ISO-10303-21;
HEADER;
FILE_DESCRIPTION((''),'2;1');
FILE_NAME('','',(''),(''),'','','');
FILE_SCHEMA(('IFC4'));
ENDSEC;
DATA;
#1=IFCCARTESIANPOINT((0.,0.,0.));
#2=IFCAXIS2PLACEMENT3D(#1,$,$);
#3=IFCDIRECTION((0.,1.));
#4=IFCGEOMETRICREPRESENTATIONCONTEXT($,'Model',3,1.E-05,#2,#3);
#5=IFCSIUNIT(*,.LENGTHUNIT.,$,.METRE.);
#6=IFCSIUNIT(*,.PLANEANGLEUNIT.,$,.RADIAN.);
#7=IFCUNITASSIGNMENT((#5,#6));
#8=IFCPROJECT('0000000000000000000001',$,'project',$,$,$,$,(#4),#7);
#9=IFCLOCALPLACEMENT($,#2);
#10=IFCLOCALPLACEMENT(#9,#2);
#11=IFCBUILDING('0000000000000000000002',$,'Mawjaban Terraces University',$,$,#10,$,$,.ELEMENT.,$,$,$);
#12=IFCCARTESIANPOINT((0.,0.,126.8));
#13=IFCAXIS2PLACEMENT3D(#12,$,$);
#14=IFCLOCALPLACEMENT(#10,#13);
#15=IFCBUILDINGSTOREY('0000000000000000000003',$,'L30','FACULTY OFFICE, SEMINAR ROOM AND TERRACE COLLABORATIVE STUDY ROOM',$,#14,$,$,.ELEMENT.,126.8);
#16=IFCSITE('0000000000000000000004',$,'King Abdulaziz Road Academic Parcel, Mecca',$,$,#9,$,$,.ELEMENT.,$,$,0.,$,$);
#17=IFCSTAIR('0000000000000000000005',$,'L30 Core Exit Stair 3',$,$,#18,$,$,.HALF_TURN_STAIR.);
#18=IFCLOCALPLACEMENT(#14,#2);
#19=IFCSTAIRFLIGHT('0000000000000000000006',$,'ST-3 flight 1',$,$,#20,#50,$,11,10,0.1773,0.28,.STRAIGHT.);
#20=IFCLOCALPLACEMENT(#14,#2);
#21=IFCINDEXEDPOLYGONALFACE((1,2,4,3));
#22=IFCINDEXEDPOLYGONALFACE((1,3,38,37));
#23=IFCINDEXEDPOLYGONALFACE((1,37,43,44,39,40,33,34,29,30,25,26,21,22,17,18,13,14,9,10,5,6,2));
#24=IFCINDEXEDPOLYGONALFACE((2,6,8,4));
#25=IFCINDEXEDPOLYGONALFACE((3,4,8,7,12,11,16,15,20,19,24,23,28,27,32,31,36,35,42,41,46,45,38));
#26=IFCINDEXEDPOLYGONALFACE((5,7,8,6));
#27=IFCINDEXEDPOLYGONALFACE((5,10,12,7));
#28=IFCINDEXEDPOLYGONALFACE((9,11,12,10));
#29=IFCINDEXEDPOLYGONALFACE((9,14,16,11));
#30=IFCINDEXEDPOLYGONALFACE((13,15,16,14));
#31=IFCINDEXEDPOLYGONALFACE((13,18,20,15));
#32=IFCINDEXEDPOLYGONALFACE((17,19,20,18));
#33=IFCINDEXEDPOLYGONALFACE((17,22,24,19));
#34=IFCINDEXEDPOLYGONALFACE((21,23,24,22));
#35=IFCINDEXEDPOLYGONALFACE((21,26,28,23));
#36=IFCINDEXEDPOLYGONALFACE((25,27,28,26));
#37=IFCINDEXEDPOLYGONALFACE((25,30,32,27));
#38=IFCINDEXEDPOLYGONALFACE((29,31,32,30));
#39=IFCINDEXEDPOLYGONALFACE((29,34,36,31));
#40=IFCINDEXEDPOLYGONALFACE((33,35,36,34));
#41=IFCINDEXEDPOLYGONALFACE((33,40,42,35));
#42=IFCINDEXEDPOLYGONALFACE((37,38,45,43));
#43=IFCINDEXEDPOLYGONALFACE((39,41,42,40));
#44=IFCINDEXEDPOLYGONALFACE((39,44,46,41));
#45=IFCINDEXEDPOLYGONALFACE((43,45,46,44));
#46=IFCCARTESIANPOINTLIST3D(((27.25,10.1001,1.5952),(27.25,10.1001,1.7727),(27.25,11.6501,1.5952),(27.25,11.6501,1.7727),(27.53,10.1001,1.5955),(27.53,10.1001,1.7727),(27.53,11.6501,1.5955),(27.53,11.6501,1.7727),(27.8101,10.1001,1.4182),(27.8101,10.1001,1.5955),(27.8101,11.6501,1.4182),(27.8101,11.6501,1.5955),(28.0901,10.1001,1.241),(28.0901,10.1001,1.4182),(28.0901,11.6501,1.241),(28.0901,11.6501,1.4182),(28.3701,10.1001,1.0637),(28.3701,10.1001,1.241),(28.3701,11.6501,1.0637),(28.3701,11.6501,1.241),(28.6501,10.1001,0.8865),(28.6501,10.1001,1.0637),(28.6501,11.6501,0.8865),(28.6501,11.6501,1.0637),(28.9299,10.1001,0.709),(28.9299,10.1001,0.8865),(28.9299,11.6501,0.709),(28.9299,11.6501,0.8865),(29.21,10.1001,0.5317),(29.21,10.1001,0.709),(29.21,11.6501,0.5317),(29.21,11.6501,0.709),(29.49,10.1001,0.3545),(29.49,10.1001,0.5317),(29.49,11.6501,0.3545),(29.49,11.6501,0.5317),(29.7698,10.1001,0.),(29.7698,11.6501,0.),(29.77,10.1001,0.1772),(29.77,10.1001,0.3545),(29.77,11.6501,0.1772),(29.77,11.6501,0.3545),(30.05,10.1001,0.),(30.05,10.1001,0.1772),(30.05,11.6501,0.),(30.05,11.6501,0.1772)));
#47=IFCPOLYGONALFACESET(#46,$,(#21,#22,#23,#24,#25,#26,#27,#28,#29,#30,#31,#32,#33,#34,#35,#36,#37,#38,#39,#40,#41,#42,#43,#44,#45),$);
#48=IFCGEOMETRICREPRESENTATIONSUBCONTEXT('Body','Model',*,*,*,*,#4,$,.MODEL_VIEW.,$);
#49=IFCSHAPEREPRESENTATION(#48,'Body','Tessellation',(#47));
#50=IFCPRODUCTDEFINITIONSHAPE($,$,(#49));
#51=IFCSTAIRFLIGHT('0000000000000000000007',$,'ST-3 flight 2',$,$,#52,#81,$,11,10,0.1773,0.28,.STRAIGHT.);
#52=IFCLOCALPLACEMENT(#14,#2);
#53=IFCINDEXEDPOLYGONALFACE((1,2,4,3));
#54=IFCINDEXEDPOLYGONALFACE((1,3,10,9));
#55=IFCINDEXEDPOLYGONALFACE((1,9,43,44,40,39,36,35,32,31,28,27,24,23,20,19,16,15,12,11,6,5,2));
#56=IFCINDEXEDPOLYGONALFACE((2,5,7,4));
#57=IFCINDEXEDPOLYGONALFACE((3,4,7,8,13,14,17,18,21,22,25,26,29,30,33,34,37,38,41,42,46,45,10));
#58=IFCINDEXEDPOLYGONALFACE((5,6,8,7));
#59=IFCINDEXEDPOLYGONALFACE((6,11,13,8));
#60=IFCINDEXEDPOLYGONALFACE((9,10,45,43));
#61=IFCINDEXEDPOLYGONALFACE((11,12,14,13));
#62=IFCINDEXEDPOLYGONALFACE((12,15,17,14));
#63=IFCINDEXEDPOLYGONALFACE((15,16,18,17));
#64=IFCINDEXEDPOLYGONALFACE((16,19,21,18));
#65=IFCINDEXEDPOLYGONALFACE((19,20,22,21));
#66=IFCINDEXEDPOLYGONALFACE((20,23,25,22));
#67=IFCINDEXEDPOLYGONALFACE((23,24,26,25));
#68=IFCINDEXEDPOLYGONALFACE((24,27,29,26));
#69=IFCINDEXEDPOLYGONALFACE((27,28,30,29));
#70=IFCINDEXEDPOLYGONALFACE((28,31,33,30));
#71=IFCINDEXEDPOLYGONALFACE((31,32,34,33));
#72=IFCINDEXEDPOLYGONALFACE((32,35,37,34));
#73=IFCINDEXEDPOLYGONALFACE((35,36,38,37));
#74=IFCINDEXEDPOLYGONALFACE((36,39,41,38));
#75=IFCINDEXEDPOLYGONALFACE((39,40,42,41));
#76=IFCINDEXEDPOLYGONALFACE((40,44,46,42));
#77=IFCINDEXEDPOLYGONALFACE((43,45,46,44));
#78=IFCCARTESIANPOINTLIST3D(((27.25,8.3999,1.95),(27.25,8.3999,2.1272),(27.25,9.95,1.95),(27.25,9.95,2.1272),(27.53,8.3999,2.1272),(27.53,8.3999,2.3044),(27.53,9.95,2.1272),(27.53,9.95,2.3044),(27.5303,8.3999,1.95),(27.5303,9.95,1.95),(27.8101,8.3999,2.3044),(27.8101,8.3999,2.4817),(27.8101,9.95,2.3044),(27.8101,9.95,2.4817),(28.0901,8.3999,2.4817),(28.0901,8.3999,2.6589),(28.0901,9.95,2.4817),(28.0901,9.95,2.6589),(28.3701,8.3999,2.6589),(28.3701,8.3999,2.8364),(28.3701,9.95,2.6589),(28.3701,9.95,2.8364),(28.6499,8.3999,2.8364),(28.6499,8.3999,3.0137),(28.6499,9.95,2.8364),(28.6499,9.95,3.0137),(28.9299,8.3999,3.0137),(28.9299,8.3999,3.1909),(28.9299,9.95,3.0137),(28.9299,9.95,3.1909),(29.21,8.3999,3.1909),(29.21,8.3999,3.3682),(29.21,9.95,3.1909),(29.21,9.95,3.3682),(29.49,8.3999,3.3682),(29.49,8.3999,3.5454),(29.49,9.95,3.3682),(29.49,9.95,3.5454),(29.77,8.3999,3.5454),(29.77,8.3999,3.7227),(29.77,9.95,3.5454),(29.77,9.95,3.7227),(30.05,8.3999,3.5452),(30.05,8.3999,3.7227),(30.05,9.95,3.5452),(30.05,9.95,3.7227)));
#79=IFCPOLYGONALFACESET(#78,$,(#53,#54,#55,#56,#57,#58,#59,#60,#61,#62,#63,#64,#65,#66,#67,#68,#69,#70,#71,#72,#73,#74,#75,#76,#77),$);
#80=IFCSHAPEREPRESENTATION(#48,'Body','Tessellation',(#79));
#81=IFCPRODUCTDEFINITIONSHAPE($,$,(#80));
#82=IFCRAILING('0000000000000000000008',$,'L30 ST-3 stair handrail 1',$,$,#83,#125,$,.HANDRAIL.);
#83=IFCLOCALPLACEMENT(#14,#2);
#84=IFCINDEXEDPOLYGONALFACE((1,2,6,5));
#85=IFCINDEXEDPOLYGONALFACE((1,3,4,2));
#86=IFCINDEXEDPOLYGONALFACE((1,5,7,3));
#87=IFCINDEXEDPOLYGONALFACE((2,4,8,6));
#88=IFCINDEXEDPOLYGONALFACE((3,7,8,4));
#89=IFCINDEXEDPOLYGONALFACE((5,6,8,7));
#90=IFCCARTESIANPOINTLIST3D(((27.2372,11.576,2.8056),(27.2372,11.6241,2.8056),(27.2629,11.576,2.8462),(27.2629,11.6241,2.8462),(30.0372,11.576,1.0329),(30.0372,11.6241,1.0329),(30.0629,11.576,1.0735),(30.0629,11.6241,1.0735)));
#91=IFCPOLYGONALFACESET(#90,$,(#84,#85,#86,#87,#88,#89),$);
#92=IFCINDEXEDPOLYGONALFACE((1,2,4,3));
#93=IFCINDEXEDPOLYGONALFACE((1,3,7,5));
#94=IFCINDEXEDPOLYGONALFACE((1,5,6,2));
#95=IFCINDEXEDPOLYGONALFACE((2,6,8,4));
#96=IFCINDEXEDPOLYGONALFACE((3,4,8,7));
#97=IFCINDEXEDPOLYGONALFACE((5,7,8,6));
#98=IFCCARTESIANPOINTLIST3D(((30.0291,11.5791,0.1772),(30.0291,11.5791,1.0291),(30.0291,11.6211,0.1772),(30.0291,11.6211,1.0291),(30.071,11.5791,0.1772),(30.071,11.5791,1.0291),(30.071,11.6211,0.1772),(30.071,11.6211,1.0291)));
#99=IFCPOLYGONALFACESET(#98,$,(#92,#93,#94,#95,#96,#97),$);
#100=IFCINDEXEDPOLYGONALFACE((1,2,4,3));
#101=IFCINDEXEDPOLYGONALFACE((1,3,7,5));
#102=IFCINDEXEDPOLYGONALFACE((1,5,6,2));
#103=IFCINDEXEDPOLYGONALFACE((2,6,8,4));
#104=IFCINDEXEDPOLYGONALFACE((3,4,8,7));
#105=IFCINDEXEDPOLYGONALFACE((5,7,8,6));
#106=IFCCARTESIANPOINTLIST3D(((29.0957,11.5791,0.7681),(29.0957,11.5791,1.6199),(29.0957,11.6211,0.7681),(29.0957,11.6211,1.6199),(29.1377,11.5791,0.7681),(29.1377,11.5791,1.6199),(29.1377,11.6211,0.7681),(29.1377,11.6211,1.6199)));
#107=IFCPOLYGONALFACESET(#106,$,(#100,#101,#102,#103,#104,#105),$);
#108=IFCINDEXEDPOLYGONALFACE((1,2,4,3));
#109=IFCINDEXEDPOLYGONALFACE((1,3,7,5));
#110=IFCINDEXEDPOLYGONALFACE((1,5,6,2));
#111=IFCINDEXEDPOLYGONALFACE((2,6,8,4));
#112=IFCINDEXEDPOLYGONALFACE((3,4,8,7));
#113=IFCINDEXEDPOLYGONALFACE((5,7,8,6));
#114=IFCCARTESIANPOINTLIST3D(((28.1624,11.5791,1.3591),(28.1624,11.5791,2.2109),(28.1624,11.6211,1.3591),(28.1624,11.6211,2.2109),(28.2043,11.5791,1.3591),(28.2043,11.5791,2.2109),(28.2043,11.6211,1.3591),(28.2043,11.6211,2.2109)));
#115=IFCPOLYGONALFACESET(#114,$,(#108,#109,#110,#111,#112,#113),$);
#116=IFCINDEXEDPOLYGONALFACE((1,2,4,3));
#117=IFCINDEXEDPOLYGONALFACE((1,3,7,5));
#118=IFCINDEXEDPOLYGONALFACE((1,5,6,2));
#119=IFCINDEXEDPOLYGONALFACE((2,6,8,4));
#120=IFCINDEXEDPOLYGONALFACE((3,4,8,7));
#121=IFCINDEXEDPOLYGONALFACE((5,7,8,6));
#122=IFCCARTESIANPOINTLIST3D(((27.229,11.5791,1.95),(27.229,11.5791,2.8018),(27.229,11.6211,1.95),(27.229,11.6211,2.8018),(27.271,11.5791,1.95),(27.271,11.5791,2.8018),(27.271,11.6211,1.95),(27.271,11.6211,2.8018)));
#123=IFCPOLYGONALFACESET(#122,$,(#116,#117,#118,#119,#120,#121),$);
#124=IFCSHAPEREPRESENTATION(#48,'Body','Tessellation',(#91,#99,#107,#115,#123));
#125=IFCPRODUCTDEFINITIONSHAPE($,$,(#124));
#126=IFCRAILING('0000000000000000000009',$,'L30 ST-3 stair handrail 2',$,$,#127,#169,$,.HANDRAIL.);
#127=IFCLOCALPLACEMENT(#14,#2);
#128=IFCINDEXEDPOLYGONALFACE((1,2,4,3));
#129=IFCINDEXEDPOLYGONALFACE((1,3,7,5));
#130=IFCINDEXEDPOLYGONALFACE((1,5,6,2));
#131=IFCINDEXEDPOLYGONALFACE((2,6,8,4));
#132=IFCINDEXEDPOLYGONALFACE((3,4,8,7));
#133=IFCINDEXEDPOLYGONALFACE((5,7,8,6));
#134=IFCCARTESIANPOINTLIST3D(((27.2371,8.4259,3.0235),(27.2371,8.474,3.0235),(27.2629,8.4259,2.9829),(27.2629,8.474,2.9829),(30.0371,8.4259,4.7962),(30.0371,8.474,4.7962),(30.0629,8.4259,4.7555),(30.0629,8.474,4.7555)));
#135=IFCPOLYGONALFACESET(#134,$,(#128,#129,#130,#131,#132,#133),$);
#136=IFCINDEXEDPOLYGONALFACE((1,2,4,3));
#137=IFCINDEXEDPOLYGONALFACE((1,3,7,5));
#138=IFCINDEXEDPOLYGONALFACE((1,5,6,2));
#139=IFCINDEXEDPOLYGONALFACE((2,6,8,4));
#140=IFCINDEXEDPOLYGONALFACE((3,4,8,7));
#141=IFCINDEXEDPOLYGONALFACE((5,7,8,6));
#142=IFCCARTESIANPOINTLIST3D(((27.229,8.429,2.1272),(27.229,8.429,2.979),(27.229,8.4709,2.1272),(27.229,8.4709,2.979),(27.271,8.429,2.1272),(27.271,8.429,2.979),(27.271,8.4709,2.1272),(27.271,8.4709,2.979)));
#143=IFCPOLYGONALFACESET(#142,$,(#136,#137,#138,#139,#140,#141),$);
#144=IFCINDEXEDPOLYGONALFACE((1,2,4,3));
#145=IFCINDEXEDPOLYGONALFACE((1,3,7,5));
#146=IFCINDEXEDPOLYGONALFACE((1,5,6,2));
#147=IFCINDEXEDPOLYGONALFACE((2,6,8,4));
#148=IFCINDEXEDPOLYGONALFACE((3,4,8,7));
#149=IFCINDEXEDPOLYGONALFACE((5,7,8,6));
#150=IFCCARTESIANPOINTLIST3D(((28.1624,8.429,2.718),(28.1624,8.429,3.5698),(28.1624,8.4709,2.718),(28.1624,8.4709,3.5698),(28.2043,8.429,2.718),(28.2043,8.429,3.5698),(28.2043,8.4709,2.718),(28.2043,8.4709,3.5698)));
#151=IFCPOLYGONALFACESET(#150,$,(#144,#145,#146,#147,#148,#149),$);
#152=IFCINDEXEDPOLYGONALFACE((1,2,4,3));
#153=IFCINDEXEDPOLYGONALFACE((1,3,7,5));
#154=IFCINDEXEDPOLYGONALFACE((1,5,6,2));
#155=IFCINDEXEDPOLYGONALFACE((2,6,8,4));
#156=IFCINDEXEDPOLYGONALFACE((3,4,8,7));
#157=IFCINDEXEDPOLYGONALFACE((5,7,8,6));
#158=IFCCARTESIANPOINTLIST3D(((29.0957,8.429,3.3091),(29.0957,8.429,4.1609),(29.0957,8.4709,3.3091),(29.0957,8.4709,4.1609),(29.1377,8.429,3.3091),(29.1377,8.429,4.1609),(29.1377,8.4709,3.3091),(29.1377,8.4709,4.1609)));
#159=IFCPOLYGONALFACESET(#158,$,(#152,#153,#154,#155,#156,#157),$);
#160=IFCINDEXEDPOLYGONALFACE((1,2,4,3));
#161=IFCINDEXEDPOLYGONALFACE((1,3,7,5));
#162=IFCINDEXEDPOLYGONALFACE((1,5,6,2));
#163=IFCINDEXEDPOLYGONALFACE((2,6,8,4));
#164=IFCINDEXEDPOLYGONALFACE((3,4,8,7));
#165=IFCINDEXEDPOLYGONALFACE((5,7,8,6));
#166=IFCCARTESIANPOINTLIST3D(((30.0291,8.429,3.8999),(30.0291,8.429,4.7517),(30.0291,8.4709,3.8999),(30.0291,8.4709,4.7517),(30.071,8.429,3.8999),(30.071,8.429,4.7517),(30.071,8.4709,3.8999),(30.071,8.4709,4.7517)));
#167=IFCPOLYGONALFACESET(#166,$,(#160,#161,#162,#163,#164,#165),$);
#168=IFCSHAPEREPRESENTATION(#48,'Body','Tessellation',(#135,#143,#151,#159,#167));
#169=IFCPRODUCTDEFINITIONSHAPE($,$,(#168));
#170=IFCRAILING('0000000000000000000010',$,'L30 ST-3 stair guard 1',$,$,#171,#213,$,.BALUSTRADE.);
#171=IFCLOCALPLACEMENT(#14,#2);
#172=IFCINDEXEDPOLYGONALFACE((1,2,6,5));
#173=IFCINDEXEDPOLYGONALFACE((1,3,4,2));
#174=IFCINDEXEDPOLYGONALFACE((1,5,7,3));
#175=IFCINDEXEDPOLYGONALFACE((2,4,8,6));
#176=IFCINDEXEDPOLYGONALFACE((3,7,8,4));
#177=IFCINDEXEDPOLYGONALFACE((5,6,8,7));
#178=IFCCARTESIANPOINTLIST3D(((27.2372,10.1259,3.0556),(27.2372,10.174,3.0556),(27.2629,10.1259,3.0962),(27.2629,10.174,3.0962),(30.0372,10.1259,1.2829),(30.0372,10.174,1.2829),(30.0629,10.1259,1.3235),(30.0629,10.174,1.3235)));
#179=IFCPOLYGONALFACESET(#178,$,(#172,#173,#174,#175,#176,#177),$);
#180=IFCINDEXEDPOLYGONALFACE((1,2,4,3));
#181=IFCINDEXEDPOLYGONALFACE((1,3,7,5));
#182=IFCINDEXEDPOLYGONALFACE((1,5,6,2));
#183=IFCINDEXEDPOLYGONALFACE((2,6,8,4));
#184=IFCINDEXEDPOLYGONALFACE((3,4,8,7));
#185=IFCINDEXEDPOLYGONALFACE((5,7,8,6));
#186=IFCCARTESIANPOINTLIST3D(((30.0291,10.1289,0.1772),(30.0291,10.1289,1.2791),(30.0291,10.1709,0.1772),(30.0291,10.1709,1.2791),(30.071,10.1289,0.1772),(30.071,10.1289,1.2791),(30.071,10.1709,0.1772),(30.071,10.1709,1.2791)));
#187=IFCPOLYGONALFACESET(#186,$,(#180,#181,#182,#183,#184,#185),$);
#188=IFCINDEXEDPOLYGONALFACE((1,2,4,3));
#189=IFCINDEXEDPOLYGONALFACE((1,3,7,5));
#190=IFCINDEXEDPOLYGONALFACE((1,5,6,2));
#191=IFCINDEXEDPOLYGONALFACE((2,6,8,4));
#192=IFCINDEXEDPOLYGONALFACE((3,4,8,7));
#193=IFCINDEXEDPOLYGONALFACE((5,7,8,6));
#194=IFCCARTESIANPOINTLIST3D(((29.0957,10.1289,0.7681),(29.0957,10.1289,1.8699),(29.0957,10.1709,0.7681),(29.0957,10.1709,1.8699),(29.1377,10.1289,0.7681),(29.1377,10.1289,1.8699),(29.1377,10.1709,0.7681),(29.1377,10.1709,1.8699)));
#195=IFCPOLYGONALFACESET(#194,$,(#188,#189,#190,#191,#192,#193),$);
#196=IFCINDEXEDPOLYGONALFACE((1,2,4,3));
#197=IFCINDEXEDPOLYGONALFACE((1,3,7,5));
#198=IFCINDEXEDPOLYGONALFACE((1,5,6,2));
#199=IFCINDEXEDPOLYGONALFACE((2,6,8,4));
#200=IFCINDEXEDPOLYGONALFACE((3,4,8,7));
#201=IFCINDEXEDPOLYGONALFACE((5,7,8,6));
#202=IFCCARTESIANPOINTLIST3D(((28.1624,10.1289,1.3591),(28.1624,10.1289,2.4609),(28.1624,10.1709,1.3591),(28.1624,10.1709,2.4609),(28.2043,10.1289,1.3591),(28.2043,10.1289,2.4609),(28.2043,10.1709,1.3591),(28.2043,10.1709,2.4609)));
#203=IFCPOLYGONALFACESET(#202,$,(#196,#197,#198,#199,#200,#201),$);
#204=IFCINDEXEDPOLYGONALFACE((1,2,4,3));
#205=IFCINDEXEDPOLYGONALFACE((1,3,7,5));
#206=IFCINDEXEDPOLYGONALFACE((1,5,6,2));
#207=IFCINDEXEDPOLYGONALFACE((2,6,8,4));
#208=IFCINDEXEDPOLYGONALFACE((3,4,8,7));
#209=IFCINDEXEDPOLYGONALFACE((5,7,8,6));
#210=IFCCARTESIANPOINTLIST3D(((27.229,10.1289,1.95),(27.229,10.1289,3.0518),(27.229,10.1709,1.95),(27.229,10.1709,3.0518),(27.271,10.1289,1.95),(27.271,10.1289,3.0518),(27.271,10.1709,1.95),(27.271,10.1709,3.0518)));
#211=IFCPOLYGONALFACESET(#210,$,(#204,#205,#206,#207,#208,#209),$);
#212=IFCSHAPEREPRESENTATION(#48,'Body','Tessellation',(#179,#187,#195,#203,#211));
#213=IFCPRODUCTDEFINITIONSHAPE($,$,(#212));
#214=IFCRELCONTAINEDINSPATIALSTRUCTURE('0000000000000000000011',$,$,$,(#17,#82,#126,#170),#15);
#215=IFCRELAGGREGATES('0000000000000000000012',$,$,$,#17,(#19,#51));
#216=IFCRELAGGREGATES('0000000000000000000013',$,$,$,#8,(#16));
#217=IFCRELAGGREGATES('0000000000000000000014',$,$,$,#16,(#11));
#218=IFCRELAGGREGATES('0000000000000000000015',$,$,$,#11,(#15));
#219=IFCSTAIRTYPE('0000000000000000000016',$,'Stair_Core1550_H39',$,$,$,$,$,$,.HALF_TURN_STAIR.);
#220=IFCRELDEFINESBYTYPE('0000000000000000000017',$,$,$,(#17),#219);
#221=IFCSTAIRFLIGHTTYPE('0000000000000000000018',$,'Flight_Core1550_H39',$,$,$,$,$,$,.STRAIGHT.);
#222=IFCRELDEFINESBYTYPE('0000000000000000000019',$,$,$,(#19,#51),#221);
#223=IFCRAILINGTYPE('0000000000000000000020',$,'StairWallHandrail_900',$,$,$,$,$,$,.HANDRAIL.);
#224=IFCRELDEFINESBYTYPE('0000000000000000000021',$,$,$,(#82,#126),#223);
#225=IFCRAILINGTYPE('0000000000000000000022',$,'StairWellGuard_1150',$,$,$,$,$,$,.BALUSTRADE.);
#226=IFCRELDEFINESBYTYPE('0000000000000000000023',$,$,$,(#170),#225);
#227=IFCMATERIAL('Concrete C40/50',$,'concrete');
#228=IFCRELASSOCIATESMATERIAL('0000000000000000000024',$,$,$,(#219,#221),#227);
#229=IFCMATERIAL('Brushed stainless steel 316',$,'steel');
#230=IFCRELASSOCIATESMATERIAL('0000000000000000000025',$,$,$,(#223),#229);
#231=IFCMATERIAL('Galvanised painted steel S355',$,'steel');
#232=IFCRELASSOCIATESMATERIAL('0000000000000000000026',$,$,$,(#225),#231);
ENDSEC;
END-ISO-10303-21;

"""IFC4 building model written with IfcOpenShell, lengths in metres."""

from ifc_helpers import new_model, si_unit, direction, frame, origin, origin_2d, place, context, subcontext, project, spatial, polyline, rectangle, outline, extrude, material, type_object, element, aggregate, save


model = new_model("IFC4")

# Units and contexts
model_context = context("Model", 3, precision=1e-05, world=origin(), true_north=direction((0.0, 1.0)))
body_context = subcontext(model_context, "Body", "Model", "MODEL_VIEW")
ifc_project = project(units=[si_unit("LENGTHUNIT", "METRE"), si_unit("PLANEANGLEUNIT", "RADIAN")], contexts=[model_context])

# Site, building, storey
site_placement = place(None, origin())
site = spatial("IfcSite", under=ifc_project, at=site_placement, Name="King Abdulaziz Road Academic Parcel, Mecca", CompositionType="ELEMENT", RefElevation=0.0)
building_placement = place(site_placement, origin())
building = spatial("IfcBuilding", under=site, at=building_placement, Name="Mawjaban Terraces University", CompositionType="ELEMENT")
storey_placement = place(building_placement, frame((0.0, 0.0, 126.8)))
storey = spatial("IfcBuildingStorey", under=building, at=storey_placement, Name="L30", Description="FACULTY OFFICE, SEMINAR ROOM AND TERRACE COLLABORATIVE STUDY ROOM", CompositionType="ELEMENT", Elevation=126.8)

# Shared definitions
ifc_material_1 = material(Name="Concrete C40/50", Category="concrete")

# Stair, stair flights
stair_type = type_object("IfcStairType", Name="Stair_Core1550_H39", PredefinedType="HALF_TURN_STAIR", material=ifc_material_1)
stair_placement = place(storey_placement, origin())
stair = element("IfcStair", 1, at=stair_placement, inside=storey, type_object=stair_type, Name="L30 Core Exit Stair 3", PredefinedType="HALF_TURN_STAIR")
stair_flight_type = type_object("IfcStairFlightType", Name="Flight_Core1550_H39", PredefinedType="STRAIGHT", material=ifc_material_1)
stair_flight_1_placement = place(storey_placement, frame((30.05, 10.875, 0.0), z_axis=(0.0, 0.0, 1.0), x_axis=(-1.0, 0.0, 0.0)))
stair_flight_1 = element("IfcStairFlight", 2, at=stair_flight_1_placement, type_object=stair_flight_type, Name="ST-3 flight 1", NumberOfRisers=11, NumberOfTreads=10, PredefinedType="STRAIGHT", RiserHeight=0.1773, TreadLength=0.28, context=body_context, shape_type="SweptSolid", body=[
    extrude(outline(polyline([(0.0, 0.0), (0.0, 0.1772), (0.28, 0.1772), (0.28, 0.3545), (0.5601, 0.3545), (0.5601, 0.5317), (0.8401, 0.5317), (0.8401, 0.709), (1.1201, 0.709), (1.1201, 0.8865), (1.3999, 0.8865), (1.3999, 1.0637), (1.6799, 1.0637), (1.6799, 1.241), (1.96, 1.241), (1.96, 1.4182), (2.24, 1.4182), (2.24, 1.5955), (2.52, 1.5955), (2.52, 1.7727), (2.8, 1.7727), (2.8, 1.95), (2.8, 1.5952), (0.2803, 0.0), (0.0, 0.0)])), frame((0.0, 0.7749, 0.0), z_axis=(0.0, -1.0, 0.0), x_axis=(1.0, 0.0, 0.0)), (0.0, 0.0, 1.0), 1.55),
])
stair_flight_2_placement = place(storey_placement, frame((27.25, 9.175, 1.95), z_axis=(0.0, 0.0, 1.0), x_axis=(1.0, 0.0, 0.0)))
stair_flight_2 = element("IfcStairFlight", 3, at=stair_flight_2_placement, type_object=stair_flight_type, Name="ST-3 flight 2", NumberOfRisers=11, NumberOfTreads=10, PredefinedType="STRAIGHT", RiserHeight=0.1773, TreadLength=0.28, context=body_context, shape_type="SweptSolid", body=[
    extrude(outline(polyline([(0.0, 0.0), (0.0, 0.1772), (0.28, 0.1772), (0.28, 0.3545), (0.5601, 0.3545), (0.5601, 0.5317), (0.8401, 0.5317), (0.8401, 0.709), (1.1201, 0.709), (1.1201, 0.8865), (1.3999, 0.8865), (1.3999, 1.0637), (1.6799, 1.0637), (1.6799, 1.241), (1.96, 1.241), (1.96, 1.4182), (2.24, 1.4182), (2.24, 1.5955), (2.52, 1.5955), (2.52, 1.7727), (2.8, 1.7727), (2.8, 1.95), (2.8, 1.5952), (0.2803, 0.0), (0.0, 0.0)])), frame((0.0, 0.7749, 0.0), z_axis=(0.0, -1.0, 0.0), x_axis=(1.0, 0.0, 0.0)), (0.0, 0.0, 1.0), 1.55),
])
aggregate(stair, [stair_flight_1, stair_flight_2])

# Railings
ifc_material_2 = material(Name="Brushed stainless steel 316", Category="steel")
railing_type_1 = type_object("IfcRailingType", Name="StairWallHandrail_900", PredefinedType="HANDRAIL", material=ifc_material_2)
railing_1_placement = place(storey_placement, frame((30.05, 11.6001, 0.1772)))
element("IfcRailing", 4, at=railing_1_placement, inside=storey, type_object=railing_type_1, Name="L30 ST-3 stair handrail 1", PredefinedType="HANDRAIL", context=body_context, shape_type="SweptSolid", body=[
    extrude(rectangle(XDim=0.0481, YDim=0.0481, at=origin_2d()), frame((0.0, 0.0, 0.876), z_axis=(-0.844909, 0.0, 0.53491), x_axis=(0.0, -1.0, 0.0)), (0.0, 0.0, 1.0), 3.314),
    extrude(rectangle(XDim=0.042, YDim=0.042, at=origin_2d()), origin(), (0.0, 0.0, 1.0), 0.8518),
    extrude(rectangle(XDim=0.042, YDim=0.042, at=origin_2d()), frame((-0.9333, 0.0, 0.5908)), (0.0, 0.0, 1.0), 0.8518),
    extrude(rectangle(XDim=0.042, YDim=0.042, at=origin_2d()), frame((-1.8667, 0.0, 1.1819)), (0.0, 0.0, 1.0), 0.8518),
    extrude(rectangle(XDim=0.042, YDim=0.042, at=origin_2d()), frame((-2.8, 0.0, 1.7727)), (0.0, 0.0, 1.0), 0.8518),
])
railing_2_placement = place(storey_placement, frame((27.25, 8.45, 2.1272)))
element("IfcRailing", 5, at=railing_2_placement, inside=storey, type_object=railing_type_1, Name="L30 ST-3 stair handrail 2", PredefinedType="HANDRAIL", context=body_context, shape_type="SweptSolid", body=[
    extrude(rectangle(XDim=0.0481, YDim=0.0481, at=origin_2d()), frame((0.0, 0.0, 0.876), z_axis=(0.844909, 0.0, 0.53491), x_axis=(0.0, 1.0, 0.0)), (0.0, 0.0, 1.0), 3.314),
    extrude(rectangle(XDim=0.042, YDim=0.042, at=origin_2d()), origin(), (0.0, 0.0, 1.0), 0.8518),
    extrude(rectangle(XDim=0.042, YDim=0.042, at=origin_2d()), frame((0.9333, 0.0, 0.5908)), (0.0, 0.0, 1.0), 0.8518),
    extrude(rectangle(XDim=0.042, YDim=0.042, at=origin_2d()), frame((1.8667, 0.0, 1.1819)), (0.0, 0.0, 1.0), 0.8518),
    extrude(rectangle(XDim=0.042, YDim=0.042, at=origin_2d()), frame((2.8, 0.0, 1.7727)), (0.0, 0.0, 1.0), 0.8518),
])
ifc_material_3 = material(Name="Galvanised painted steel S355", Category="steel")
railing_type_2 = type_object("IfcRailingType", Name="StairWellGuard_1150", PredefinedType="BALUSTRADE", material=ifc_material_3)
railing_3_placement = place(storey_placement, frame((30.05, 10.1499, 0.1772)))
element("IfcRailing", 6, at=railing_3_placement, inside=storey, type_object=railing_type_2, Name="L30 ST-3 stair guard 1", PredefinedType="BALUSTRADE", context=body_context, shape_type="SweptSolid", body=[
    extrude(rectangle(XDim=0.0481, YDim=0.0481, at=origin_2d()), frame((0.0, 0.0, 1.126), z_axis=(-0.844909, 0.0, 0.53491), x_axis=(0.0, -1.0, 0.0)), (0.0, 0.0, 1.0), 3.314),
    extrude(rectangle(XDim=0.042, YDim=0.042, at=origin_2d()), origin(), (0.0, 0.0, 1.0), 1.1018),
    extrude(rectangle(XDim=0.042, YDim=0.042, at=origin_2d()), frame((-0.9333, 0.0, 0.5908)), (0.0, 0.0, 1.0), 1.1018),
    extrude(rectangle(XDim=0.042, YDim=0.042, at=origin_2d()), frame((-1.8667, 0.0, 1.1819)), (0.0, 0.0, 1.0), 1.1018),
    extrude(rectangle(XDim=0.042, YDim=0.042, at=origin_2d()), frame((-2.8, 0.0, 1.7727)), (0.0, 0.0, 1.0), 1.1018),
])

save(model, "model.ifc")
